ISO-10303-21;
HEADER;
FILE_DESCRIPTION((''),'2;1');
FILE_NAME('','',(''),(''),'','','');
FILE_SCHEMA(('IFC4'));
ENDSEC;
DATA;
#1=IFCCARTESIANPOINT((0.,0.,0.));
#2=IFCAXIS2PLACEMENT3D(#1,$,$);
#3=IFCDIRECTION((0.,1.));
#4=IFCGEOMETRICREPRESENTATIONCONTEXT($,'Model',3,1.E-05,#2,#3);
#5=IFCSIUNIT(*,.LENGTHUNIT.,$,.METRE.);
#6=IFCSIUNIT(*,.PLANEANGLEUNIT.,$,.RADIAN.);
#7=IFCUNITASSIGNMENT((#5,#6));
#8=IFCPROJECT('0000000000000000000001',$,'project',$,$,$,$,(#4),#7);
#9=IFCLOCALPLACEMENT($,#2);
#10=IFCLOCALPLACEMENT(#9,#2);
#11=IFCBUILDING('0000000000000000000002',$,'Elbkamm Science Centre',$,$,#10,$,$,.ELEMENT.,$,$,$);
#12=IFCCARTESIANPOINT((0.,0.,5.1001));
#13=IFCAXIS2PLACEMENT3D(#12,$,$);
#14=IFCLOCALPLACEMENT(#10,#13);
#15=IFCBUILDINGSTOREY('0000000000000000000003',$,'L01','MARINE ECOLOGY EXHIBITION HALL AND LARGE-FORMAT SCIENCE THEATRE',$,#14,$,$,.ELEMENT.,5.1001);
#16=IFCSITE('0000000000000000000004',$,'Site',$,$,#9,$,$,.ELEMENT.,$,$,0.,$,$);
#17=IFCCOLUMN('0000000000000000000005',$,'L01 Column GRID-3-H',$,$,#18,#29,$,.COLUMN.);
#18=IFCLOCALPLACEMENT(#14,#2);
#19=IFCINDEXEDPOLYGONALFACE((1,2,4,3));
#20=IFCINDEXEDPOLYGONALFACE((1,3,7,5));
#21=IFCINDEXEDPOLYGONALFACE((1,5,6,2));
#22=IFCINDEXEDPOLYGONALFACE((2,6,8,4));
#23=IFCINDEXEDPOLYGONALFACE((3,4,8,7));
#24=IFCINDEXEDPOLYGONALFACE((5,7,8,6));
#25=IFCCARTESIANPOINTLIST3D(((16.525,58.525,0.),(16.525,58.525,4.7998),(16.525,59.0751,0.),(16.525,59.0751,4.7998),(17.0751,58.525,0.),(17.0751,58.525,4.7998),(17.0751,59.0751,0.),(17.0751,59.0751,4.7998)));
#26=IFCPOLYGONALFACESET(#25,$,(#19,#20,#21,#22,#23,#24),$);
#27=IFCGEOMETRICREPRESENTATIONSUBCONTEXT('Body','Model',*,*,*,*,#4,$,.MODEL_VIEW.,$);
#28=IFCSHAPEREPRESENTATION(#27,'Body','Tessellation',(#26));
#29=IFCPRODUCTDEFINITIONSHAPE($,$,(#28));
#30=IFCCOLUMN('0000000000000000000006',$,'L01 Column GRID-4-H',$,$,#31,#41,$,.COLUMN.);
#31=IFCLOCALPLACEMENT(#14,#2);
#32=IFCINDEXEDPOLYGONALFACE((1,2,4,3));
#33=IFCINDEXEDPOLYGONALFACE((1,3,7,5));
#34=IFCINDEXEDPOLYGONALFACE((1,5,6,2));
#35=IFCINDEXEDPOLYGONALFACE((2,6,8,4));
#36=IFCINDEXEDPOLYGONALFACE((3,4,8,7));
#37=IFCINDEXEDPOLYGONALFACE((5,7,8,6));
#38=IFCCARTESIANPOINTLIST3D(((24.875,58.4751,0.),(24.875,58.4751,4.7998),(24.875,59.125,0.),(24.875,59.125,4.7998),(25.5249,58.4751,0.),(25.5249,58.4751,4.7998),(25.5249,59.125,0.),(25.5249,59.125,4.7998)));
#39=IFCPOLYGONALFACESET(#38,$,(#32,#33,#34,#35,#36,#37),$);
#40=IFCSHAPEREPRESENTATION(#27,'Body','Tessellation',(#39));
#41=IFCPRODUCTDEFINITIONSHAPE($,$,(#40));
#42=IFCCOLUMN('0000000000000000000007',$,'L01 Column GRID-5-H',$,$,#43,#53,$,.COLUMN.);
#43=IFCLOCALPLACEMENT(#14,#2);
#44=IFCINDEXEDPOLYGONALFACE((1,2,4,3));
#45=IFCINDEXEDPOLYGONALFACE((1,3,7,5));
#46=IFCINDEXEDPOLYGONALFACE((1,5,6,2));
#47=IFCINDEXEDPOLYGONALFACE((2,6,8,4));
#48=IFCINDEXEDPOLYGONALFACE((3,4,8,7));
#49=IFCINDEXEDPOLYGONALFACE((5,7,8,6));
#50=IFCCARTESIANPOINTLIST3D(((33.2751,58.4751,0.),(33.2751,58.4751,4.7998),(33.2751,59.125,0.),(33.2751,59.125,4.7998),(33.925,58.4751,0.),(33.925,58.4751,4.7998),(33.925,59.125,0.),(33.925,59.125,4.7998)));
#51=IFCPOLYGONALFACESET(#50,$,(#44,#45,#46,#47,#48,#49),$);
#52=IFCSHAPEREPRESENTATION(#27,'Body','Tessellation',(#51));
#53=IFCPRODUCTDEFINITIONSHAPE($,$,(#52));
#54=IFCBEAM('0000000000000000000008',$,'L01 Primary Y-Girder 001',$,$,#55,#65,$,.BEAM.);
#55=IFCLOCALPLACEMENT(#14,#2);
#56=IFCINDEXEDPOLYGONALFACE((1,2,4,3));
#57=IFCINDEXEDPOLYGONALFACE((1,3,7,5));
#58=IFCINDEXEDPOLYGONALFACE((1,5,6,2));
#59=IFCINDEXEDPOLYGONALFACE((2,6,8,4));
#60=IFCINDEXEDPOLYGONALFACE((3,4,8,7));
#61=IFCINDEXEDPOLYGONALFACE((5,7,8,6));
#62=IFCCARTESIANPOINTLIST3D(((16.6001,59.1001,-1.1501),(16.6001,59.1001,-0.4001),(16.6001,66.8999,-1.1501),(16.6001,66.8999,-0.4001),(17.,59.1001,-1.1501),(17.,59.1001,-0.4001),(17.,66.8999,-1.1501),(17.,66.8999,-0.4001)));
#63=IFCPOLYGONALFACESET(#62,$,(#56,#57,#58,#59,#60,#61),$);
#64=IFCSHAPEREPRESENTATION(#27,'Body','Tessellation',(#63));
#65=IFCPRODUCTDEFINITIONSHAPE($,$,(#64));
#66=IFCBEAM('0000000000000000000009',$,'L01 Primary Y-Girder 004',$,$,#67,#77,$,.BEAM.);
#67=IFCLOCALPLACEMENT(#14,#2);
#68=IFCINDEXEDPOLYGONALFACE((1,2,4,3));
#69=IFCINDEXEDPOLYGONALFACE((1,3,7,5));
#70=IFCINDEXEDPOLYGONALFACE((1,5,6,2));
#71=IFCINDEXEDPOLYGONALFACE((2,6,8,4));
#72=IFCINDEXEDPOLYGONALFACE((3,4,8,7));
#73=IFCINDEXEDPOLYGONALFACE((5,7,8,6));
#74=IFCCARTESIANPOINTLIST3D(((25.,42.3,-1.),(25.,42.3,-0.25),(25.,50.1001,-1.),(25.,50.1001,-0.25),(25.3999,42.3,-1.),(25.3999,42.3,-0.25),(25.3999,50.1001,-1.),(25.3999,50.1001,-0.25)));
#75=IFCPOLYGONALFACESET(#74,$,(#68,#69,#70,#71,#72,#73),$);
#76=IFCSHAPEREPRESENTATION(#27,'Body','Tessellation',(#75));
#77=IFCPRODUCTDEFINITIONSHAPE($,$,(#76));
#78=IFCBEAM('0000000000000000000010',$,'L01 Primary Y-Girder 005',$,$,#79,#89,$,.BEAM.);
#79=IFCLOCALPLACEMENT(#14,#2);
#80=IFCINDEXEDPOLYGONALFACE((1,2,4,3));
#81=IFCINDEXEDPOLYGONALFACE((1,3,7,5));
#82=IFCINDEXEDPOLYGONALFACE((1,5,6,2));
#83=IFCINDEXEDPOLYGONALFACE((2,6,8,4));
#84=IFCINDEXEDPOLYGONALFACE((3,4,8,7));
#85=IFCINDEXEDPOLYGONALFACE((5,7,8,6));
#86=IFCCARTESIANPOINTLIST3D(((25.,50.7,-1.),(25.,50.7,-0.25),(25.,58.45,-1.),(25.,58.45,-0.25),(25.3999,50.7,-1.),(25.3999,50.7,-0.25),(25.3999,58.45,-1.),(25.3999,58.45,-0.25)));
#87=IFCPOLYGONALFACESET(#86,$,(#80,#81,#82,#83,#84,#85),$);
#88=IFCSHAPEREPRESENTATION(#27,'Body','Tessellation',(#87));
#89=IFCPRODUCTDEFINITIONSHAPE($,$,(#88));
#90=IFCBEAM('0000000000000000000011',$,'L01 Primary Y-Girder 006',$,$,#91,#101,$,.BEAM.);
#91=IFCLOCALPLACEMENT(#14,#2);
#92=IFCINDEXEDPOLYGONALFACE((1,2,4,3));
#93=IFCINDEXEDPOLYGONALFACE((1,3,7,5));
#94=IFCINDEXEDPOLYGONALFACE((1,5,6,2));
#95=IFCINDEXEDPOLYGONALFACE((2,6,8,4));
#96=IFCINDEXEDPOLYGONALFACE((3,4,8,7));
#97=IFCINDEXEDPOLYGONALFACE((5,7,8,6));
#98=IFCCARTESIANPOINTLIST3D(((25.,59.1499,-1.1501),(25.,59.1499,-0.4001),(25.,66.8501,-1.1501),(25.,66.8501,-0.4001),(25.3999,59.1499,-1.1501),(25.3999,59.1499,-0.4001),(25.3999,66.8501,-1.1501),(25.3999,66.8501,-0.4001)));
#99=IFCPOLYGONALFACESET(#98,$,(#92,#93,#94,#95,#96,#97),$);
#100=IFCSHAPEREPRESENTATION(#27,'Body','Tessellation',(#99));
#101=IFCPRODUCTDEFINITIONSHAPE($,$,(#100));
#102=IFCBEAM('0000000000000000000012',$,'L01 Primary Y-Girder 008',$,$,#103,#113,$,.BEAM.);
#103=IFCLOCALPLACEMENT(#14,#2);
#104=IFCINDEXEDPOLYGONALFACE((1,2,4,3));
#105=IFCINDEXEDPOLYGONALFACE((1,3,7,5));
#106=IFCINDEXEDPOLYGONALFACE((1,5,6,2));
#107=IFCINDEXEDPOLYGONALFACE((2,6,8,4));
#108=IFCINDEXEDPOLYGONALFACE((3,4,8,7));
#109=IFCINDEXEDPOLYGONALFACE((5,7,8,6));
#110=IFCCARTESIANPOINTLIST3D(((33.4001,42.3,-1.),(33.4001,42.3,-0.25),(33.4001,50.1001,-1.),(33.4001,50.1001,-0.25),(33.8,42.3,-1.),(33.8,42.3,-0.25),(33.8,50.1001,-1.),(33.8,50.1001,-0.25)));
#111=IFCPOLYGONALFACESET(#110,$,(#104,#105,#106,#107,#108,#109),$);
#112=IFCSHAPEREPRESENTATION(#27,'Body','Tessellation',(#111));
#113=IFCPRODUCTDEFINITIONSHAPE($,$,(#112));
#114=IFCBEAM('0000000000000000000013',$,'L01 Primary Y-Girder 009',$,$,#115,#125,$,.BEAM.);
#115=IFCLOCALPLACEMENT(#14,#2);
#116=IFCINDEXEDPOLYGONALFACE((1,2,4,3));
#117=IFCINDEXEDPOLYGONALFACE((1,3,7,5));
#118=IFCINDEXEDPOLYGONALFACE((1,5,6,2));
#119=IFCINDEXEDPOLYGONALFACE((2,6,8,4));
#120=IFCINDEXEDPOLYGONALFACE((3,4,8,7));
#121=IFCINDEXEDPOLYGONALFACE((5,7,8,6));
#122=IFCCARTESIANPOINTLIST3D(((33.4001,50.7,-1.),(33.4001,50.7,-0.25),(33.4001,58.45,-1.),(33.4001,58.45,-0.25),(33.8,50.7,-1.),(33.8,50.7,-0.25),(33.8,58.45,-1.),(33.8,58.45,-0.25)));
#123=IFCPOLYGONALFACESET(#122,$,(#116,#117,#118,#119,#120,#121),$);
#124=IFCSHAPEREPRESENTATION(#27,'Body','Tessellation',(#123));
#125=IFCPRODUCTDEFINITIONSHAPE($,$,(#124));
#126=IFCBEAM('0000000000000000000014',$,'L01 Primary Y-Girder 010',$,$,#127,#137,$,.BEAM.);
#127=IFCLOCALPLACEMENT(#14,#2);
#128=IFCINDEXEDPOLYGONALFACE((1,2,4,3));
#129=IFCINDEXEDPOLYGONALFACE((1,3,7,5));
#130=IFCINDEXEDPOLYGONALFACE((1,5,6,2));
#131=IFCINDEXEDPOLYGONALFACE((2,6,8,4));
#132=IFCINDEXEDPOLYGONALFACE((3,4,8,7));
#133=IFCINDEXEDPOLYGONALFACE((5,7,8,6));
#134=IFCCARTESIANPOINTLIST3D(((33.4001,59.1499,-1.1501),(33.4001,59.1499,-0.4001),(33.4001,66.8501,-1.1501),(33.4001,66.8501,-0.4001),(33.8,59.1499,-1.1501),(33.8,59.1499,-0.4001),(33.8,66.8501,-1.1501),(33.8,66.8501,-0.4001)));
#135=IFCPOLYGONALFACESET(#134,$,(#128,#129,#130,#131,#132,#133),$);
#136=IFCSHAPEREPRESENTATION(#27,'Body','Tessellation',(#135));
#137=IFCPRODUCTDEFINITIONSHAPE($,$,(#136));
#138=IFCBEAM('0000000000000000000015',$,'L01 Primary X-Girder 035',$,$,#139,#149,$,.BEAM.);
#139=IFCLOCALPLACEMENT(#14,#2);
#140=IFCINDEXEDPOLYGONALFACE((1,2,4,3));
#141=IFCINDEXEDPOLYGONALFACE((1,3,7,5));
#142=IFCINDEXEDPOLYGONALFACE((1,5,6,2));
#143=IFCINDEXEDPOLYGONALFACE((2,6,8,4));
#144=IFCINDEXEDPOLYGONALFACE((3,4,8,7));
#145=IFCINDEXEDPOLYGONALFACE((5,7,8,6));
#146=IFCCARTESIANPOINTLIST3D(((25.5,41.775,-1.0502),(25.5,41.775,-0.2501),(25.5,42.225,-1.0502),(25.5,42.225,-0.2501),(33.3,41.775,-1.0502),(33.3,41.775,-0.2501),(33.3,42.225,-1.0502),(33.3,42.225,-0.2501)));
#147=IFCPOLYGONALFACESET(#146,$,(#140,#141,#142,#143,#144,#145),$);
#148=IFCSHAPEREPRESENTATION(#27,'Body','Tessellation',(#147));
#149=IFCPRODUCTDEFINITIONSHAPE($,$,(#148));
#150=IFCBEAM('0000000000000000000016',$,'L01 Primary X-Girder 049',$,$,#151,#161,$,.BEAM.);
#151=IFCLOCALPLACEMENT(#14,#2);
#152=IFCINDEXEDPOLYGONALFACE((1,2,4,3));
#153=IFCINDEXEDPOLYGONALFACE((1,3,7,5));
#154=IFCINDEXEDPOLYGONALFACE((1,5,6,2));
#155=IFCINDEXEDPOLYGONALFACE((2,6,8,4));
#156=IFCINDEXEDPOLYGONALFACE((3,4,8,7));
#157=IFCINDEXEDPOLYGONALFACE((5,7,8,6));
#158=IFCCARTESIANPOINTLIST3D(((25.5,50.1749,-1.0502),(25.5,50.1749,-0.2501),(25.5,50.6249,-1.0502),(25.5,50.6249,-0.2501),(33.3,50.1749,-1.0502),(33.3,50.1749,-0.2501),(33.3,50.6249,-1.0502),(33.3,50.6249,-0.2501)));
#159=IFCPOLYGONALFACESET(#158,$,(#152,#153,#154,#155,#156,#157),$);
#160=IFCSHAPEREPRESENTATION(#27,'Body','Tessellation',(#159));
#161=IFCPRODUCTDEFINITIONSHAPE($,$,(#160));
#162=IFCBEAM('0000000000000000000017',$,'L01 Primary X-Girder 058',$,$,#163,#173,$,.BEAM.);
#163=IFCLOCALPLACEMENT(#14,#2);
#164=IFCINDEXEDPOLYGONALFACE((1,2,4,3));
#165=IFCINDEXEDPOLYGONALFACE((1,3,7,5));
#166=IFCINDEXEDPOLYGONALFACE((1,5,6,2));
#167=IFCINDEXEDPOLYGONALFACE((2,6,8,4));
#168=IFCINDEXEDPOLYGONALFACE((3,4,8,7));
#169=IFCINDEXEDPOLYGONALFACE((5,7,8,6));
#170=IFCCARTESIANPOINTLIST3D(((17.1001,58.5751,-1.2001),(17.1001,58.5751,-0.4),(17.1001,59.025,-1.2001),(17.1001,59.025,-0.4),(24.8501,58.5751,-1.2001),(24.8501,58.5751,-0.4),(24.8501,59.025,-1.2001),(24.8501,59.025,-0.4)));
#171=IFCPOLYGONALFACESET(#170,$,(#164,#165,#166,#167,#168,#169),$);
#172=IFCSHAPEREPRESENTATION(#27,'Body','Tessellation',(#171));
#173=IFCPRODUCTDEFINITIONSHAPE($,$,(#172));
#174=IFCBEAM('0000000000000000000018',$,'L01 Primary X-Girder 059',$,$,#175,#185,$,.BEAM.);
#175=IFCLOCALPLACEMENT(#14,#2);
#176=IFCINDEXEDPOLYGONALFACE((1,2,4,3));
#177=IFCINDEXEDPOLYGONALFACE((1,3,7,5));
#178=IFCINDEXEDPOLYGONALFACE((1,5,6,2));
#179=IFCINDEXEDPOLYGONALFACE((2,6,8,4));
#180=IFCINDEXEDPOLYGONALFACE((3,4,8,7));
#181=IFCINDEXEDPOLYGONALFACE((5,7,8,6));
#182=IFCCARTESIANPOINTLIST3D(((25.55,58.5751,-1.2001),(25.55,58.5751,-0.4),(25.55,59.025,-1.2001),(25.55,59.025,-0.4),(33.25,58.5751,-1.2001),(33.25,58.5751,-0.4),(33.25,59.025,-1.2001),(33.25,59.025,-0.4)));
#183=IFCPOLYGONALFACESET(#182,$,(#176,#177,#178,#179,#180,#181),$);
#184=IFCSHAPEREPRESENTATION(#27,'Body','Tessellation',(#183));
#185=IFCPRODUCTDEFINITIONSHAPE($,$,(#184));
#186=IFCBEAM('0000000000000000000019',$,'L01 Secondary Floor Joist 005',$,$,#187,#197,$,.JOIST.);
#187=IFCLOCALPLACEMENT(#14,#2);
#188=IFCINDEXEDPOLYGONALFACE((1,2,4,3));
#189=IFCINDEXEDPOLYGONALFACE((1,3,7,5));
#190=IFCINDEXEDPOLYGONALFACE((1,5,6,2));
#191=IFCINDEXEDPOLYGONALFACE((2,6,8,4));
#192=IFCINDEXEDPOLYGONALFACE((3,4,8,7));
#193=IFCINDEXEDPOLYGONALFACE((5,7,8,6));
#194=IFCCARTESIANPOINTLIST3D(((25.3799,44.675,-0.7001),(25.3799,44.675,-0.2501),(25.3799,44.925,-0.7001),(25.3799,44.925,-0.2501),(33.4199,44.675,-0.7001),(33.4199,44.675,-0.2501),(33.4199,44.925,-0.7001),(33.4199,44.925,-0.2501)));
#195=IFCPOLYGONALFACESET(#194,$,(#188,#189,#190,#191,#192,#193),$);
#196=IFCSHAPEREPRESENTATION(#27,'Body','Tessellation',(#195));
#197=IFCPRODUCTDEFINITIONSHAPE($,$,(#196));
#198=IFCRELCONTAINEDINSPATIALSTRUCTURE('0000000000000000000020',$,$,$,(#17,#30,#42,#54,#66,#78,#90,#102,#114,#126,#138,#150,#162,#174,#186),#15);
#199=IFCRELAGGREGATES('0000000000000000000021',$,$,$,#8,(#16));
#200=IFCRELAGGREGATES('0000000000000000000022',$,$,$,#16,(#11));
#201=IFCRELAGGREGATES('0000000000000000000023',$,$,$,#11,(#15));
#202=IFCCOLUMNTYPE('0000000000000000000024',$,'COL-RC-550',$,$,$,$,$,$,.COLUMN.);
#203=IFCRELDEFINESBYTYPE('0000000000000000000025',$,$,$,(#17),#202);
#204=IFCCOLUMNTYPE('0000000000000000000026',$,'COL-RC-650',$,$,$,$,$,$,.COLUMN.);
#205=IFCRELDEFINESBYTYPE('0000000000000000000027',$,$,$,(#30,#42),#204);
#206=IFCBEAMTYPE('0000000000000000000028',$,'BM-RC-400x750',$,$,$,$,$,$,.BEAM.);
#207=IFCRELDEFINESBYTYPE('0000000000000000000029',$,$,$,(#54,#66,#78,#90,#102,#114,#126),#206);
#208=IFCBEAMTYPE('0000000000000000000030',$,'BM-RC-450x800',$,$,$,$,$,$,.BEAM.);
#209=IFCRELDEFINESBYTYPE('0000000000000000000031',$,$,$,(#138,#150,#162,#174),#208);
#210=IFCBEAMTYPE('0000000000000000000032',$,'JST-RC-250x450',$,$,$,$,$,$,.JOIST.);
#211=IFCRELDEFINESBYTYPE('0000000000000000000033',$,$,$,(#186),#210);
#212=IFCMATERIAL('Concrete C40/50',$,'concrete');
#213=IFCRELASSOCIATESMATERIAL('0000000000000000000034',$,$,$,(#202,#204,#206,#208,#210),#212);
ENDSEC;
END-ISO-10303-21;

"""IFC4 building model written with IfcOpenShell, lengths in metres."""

from ifc_helpers import new_model, si_unit, direction, frame, origin, origin_2d, place, context, subcontext, project, spatial, rectangle, extrude, material, material_profile, profile_set, type_object, element, save


model = new_model("IFC4")

# Units and contexts
model_context = context("Model", 3, precision=1e-05, world=origin(), true_north=direction((0.0, 1.0)))
body_context = subcontext(model_context, "Body", "Model", "MODEL_VIEW")
ifc_project = project(units=[si_unit("LENGTHUNIT", "METRE"), si_unit("PLANEANGLEUNIT", "RADIAN")], contexts=[model_context])

# Site, building, storey
site_placement = place(None, origin())
site = spatial("IfcSite", under=ifc_project, at=site_placement, Name="Site", CompositionType="ELEMENT", RefElevation=0.0)
building_placement = place(site_placement, origin())
building = spatial("IfcBuilding", under=site, at=building_placement, Name="Elbkamm Science Centre", CompositionType="ELEMENT")
storey_placement = place(building_placement, frame((0.0, 0.0, 5.1001)))
storey = spatial("IfcBuildingStorey", under=building, at=storey_placement, Name="L01", Description="MARINE ECOLOGY EXHIBITION HALL AND LARGE-FORMAT SCIENCE THEATRE", CompositionType="ELEMENT", Elevation=5.1001)

# Columns
ifc_material_1 = material(Name="Concrete C40/50", Category="concrete")
ifc_material_profile_1 = material_profile(ifc_material_1, rectangle(XDim=0.55, YDim=0.55, at=origin_2d()), Name="RC 550x550")
ifc_profile_set_1 = profile_set([ifc_material_profile_1], Name="Concrete C40/50")
column_type_1 = type_object("IfcColumnType", Name="COL-RC-550", PredefinedType="COLUMN", material=ifc_profile_set_1)
column_placement = place(storey_placement, frame((16.8, 58.8, 0.0), z_axis=(0.0, 0.0, 1.0), x_axis=(1.0, 0.0, 0.0)))
element("IfcColumn", 1, at=column_placement, inside=storey, type_object=column_type_1, Name="L01 Column GRID-3-H", PredefinedType="COLUMN", context=body_context, shape_type="SweptSolid", body=[
    extrude(rectangle(XDim=0.55, YDim=0.55, at=origin_2d()), origin(), (0.0, 0.0, 1.0), 4.7998),
])
ifc_material_profile_2 = material_profile(ifc_material_1, rectangle(XDim=0.6499, YDim=0.6499, at=origin_2d()), Name="RC 650x650")
ifc_profile_set_2 = profile_set([ifc_material_profile_2], Name="Concrete C40/50")
column_type_2 = type_object("IfcColumnType", Name="COL-RC-650", PredefinedType="COLUMN", material=ifc_profile_set_2)
for number, where, z_axis, x_axis, name in (
    (2, (25.2, 58.8, 0.0), (0.0, 0.0, 1.0), (1.0, 0.0, 0.0), "L01 Column GRID-4-H"),
    (3, (33.6001, 58.8, 0.0), (0.0, 0.0, 1.0), (1.0, 0.0, 0.0), "L01 Column GRID-5-H"),
):
    element("IfcColumn", number, at=place(storey_placement, frame(where, z_axis=z_axis, x_axis=x_axis)), inside=storey, type_object=column_type_2, Name=name, PredefinedType="COLUMN", context=body_context, shape_type="SweptSolid", body=[
        extrude(rectangle(XDim=0.6499, YDim=0.6499, at=origin_2d()), origin(), (0.0, 0.0, 1.0), 4.7998),
    ])

# Beams
ifc_material_profile_3 = material_profile(ifc_material_1, rectangle(XDim=0.3999, YDim=0.75, at=origin_2d()), Name="RC 400x750")
ifc_profile_set_3 = profile_set([ifc_material_profile_3], Name="Concrete C40/50")
beam_type_1 = type_object("IfcBeamType", Name="BM-RC-400x750", PredefinedType="BEAM", material=ifc_profile_set_3)
beam_1_placement = place(storey_placement, frame((16.8, 59.1001, -0.7751), z_axis=(0.0, 1.0, 0.0), x_axis=(-1.0, 0.0, 0.0)))
element("IfcBeam", 4, at=beam_1_placement, inside=storey, type_object=beam_type_1, Name="L01 Primary Y-Girder 001", PredefinedType="BEAM", context=body_context, shape_type="SweptSolid", body=[
    extrude(rectangle(XDim=0.3999, YDim=0.75, at=origin_2d()), origin(), (0.0, 0.0, 1.0), 7.7998),
])
beam_2_placement = place(storey_placement, frame((25.2, 42.3, -0.625), z_axis=(0.0, 1.0, 0.0), x_axis=(-1.0, 0.0, 0.0)))
element("IfcBeam", 5, at=beam_2_placement, inside=storey, type_object=beam_type_1, Name="L01 Primary Y-Girder 004", PredefinedType="BEAM", context=body_context, shape_type="SweptSolid", body=[
    extrude(rectangle(XDim=0.3999, YDim=0.75, at=origin_2d()), origin(), (0.0, 0.0, 1.0), 7.8),
])
beam_3_placement = place(storey_placement, frame((25.2, 50.7, -0.625), z_axis=(0.0, 1.0, 0.0), x_axis=(-1.0, 0.0, 0.0)))
element("IfcBeam", 6, at=beam_3_placement, inside=storey, type_object=beam_type_1, Name="L01 Primary Y-Girder 005", PredefinedType="BEAM", context=body_context, shape_type="SweptSolid", body=[
    extrude(rectangle(XDim=0.3999, YDim=0.75, at=origin_2d()), origin(), (0.0, 0.0, 1.0), 7.75),
])
beam_4_placement = place(storey_placement, frame((25.2, 59.1499, -0.7751), z_axis=(0.0, 1.0, 0.0), x_axis=(-1.0, 0.0, 0.0)))
element("IfcBeam", 7, at=beam_4_placement, inside=storey, type_object=beam_type_1, Name="L01 Primary Y-Girder 006", PredefinedType="BEAM", context=body_context, shape_type="SweptSolid", body=[
    extrude(rectangle(XDim=0.3999, YDim=0.75, at=origin_2d()), origin(), (0.0, 0.0, 1.0), 7.7002),
])
beam_5_placement = place(storey_placement, frame((33.6001, 42.3, -0.625), z_axis=(0.0, 1.0, 0.0), x_axis=(-1.0, 0.0, 0.0)))
element("IfcBeam", 8, at=beam_5_placement, inside=storey, type_object=beam_type_1, Name="L01 Primary Y-Girder 008", PredefinedType="BEAM", context=body_context, shape_type="SweptSolid", body=[
    extrude(rectangle(XDim=0.3999, YDim=0.75, at=origin_2d()), origin(), (0.0, 0.0, 1.0), 7.8),
])
beam_6_placement = place(storey_placement, frame((33.6001, 50.7, -0.625), z_axis=(0.0, 1.0, 0.0), x_axis=(-1.0, 0.0, 0.0)))
element("IfcBeam", 9, at=beam_6_placement, inside=storey, type_object=beam_type_1, Name="L01 Primary Y-Girder 009", PredefinedType="BEAM", context=body_context, shape_type="SweptSolid", body=[
    extrude(rectangle(XDim=0.3999, YDim=0.75, at=origin_2d()), origin(), (0.0, 0.0, 1.0), 7.75),
])
beam_7_placement = place(storey_placement, frame((33.6001, 59.1499, -0.7751), z_axis=(0.0, 1.0, 0.0), x_axis=(-1.0, 0.0, 0.0)))
element("IfcBeam", 10, at=beam_7_placement, inside=storey, type_object=beam_type_1, Name="L01 Primary Y-Girder 010", PredefinedType="BEAM", context=body_context, shape_type="SweptSolid", body=[
    extrude(rectangle(XDim=0.3999, YDim=0.75, at=origin_2d()), origin(), (0.0, 0.0, 1.0), 7.7002),
])
ifc_material_profile_4 = material_profile(ifc_material_1, rectangle(XDim=0.45, YDim=0.8, at=origin_2d()), Name="RC 450x800")
ifc_profile_set_4 = profile_set([ifc_material_profile_4], Name="Concrete C40/50")
beam_type_2 = type_object("IfcBeamType", Name="BM-RC-450x800", PredefinedType="BEAM", material=ifc_profile_set_4)
for number, where, z_axis, x_axis, name in (
    (11, (25.5, 42.0, -0.6501), (1.0, 0.0, 0.0), (0.0, 1.0, 0.0), "L01 Primary X-Girder 035"),
    (12, (25.5, 50.3999, -0.6501), (1.0, 0.0, 0.0), (0.0, 1.0, 0.0), "L01 Primary X-Girder 049"),
):
    element("IfcBeam", number, at=place(storey_placement, frame(where, z_axis=z_axis, x_axis=x_axis)), inside=storey, type_object=beam_type_2, Name=name, PredefinedType="BEAM", context=body_context, shape_type="SweptSolid", body=[
        extrude(rectangle(XDim=0.45, YDim=0.8, at=origin_2d()), origin(), (0.0, 0.0, 1.0), 7.8),
    ])
beam_8_placement = place(storey_placement, frame((17.1001, 58.8, -0.8), z_axis=(1.0, 0.0, 0.0), x_axis=(0.0, 1.0, 0.0)))
element("IfcBeam", 13, at=beam_8_placement, inside=storey, type_object=beam_type_2, Name="L01 Primary X-Girder 058", PredefinedType="BEAM", context=body_context, shape_type="SweptSolid", body=[
    extrude(rectangle(XDim=0.45, YDim=0.8, at=origin_2d()), origin(), (0.0, 0.0, 1.0), 7.75),
])
beam_9_placement = place(storey_placement, frame((25.55, 58.8, -0.8), z_axis=(1.0, 0.0, 0.0), x_axis=(0.0, 1.0, 0.0)))
element("IfcBeam", 14, at=beam_9_placement, inside=storey, type_object=beam_type_2, Name="L01 Primary X-Girder 059", PredefinedType="BEAM", context=body_context, shape_type="SweptSolid", body=[
    extrude(rectangle(XDim=0.45, YDim=0.8, at=origin_2d()), origin(), (0.0, 0.0, 1.0), 7.7),
])
ifc_material_profile_5 = material_profile(ifc_material_1, rectangle(XDim=0.25, YDim=0.45, at=origin_2d()), Name="RC 250x450")
ifc_profile_set_5 = profile_set([ifc_material_profile_5], Name="Concrete C40/50")
beam_type_3 = type_object("IfcBeamType", Name="JST-RC-250x450", PredefinedType="JOIST", material=ifc_profile_set_5)
for number, where, z_axis, x_axis, name in (
    (15, (25.3799, 44.8, -0.4751), (1.0, 0.0, 0.0), (0.0, 1.0, 0.0), "L01 Secondary Floor Joist 005"),
):
    element("IfcBeam", number, at=place(storey_placement, frame(where, z_axis=z_axis, x_axis=x_axis)), inside=storey, type_object=beam_type_3, Name=name, PredefinedType="JOIST", context=body_context, shape_type="SweptSolid", body=[
        extrude(rectangle(XDim=0.25, YDim=0.45, at=origin_2d()), origin(), (0.0, 0.0, 1.0), 8.04),
    ])

save(model, "model.ifc")
